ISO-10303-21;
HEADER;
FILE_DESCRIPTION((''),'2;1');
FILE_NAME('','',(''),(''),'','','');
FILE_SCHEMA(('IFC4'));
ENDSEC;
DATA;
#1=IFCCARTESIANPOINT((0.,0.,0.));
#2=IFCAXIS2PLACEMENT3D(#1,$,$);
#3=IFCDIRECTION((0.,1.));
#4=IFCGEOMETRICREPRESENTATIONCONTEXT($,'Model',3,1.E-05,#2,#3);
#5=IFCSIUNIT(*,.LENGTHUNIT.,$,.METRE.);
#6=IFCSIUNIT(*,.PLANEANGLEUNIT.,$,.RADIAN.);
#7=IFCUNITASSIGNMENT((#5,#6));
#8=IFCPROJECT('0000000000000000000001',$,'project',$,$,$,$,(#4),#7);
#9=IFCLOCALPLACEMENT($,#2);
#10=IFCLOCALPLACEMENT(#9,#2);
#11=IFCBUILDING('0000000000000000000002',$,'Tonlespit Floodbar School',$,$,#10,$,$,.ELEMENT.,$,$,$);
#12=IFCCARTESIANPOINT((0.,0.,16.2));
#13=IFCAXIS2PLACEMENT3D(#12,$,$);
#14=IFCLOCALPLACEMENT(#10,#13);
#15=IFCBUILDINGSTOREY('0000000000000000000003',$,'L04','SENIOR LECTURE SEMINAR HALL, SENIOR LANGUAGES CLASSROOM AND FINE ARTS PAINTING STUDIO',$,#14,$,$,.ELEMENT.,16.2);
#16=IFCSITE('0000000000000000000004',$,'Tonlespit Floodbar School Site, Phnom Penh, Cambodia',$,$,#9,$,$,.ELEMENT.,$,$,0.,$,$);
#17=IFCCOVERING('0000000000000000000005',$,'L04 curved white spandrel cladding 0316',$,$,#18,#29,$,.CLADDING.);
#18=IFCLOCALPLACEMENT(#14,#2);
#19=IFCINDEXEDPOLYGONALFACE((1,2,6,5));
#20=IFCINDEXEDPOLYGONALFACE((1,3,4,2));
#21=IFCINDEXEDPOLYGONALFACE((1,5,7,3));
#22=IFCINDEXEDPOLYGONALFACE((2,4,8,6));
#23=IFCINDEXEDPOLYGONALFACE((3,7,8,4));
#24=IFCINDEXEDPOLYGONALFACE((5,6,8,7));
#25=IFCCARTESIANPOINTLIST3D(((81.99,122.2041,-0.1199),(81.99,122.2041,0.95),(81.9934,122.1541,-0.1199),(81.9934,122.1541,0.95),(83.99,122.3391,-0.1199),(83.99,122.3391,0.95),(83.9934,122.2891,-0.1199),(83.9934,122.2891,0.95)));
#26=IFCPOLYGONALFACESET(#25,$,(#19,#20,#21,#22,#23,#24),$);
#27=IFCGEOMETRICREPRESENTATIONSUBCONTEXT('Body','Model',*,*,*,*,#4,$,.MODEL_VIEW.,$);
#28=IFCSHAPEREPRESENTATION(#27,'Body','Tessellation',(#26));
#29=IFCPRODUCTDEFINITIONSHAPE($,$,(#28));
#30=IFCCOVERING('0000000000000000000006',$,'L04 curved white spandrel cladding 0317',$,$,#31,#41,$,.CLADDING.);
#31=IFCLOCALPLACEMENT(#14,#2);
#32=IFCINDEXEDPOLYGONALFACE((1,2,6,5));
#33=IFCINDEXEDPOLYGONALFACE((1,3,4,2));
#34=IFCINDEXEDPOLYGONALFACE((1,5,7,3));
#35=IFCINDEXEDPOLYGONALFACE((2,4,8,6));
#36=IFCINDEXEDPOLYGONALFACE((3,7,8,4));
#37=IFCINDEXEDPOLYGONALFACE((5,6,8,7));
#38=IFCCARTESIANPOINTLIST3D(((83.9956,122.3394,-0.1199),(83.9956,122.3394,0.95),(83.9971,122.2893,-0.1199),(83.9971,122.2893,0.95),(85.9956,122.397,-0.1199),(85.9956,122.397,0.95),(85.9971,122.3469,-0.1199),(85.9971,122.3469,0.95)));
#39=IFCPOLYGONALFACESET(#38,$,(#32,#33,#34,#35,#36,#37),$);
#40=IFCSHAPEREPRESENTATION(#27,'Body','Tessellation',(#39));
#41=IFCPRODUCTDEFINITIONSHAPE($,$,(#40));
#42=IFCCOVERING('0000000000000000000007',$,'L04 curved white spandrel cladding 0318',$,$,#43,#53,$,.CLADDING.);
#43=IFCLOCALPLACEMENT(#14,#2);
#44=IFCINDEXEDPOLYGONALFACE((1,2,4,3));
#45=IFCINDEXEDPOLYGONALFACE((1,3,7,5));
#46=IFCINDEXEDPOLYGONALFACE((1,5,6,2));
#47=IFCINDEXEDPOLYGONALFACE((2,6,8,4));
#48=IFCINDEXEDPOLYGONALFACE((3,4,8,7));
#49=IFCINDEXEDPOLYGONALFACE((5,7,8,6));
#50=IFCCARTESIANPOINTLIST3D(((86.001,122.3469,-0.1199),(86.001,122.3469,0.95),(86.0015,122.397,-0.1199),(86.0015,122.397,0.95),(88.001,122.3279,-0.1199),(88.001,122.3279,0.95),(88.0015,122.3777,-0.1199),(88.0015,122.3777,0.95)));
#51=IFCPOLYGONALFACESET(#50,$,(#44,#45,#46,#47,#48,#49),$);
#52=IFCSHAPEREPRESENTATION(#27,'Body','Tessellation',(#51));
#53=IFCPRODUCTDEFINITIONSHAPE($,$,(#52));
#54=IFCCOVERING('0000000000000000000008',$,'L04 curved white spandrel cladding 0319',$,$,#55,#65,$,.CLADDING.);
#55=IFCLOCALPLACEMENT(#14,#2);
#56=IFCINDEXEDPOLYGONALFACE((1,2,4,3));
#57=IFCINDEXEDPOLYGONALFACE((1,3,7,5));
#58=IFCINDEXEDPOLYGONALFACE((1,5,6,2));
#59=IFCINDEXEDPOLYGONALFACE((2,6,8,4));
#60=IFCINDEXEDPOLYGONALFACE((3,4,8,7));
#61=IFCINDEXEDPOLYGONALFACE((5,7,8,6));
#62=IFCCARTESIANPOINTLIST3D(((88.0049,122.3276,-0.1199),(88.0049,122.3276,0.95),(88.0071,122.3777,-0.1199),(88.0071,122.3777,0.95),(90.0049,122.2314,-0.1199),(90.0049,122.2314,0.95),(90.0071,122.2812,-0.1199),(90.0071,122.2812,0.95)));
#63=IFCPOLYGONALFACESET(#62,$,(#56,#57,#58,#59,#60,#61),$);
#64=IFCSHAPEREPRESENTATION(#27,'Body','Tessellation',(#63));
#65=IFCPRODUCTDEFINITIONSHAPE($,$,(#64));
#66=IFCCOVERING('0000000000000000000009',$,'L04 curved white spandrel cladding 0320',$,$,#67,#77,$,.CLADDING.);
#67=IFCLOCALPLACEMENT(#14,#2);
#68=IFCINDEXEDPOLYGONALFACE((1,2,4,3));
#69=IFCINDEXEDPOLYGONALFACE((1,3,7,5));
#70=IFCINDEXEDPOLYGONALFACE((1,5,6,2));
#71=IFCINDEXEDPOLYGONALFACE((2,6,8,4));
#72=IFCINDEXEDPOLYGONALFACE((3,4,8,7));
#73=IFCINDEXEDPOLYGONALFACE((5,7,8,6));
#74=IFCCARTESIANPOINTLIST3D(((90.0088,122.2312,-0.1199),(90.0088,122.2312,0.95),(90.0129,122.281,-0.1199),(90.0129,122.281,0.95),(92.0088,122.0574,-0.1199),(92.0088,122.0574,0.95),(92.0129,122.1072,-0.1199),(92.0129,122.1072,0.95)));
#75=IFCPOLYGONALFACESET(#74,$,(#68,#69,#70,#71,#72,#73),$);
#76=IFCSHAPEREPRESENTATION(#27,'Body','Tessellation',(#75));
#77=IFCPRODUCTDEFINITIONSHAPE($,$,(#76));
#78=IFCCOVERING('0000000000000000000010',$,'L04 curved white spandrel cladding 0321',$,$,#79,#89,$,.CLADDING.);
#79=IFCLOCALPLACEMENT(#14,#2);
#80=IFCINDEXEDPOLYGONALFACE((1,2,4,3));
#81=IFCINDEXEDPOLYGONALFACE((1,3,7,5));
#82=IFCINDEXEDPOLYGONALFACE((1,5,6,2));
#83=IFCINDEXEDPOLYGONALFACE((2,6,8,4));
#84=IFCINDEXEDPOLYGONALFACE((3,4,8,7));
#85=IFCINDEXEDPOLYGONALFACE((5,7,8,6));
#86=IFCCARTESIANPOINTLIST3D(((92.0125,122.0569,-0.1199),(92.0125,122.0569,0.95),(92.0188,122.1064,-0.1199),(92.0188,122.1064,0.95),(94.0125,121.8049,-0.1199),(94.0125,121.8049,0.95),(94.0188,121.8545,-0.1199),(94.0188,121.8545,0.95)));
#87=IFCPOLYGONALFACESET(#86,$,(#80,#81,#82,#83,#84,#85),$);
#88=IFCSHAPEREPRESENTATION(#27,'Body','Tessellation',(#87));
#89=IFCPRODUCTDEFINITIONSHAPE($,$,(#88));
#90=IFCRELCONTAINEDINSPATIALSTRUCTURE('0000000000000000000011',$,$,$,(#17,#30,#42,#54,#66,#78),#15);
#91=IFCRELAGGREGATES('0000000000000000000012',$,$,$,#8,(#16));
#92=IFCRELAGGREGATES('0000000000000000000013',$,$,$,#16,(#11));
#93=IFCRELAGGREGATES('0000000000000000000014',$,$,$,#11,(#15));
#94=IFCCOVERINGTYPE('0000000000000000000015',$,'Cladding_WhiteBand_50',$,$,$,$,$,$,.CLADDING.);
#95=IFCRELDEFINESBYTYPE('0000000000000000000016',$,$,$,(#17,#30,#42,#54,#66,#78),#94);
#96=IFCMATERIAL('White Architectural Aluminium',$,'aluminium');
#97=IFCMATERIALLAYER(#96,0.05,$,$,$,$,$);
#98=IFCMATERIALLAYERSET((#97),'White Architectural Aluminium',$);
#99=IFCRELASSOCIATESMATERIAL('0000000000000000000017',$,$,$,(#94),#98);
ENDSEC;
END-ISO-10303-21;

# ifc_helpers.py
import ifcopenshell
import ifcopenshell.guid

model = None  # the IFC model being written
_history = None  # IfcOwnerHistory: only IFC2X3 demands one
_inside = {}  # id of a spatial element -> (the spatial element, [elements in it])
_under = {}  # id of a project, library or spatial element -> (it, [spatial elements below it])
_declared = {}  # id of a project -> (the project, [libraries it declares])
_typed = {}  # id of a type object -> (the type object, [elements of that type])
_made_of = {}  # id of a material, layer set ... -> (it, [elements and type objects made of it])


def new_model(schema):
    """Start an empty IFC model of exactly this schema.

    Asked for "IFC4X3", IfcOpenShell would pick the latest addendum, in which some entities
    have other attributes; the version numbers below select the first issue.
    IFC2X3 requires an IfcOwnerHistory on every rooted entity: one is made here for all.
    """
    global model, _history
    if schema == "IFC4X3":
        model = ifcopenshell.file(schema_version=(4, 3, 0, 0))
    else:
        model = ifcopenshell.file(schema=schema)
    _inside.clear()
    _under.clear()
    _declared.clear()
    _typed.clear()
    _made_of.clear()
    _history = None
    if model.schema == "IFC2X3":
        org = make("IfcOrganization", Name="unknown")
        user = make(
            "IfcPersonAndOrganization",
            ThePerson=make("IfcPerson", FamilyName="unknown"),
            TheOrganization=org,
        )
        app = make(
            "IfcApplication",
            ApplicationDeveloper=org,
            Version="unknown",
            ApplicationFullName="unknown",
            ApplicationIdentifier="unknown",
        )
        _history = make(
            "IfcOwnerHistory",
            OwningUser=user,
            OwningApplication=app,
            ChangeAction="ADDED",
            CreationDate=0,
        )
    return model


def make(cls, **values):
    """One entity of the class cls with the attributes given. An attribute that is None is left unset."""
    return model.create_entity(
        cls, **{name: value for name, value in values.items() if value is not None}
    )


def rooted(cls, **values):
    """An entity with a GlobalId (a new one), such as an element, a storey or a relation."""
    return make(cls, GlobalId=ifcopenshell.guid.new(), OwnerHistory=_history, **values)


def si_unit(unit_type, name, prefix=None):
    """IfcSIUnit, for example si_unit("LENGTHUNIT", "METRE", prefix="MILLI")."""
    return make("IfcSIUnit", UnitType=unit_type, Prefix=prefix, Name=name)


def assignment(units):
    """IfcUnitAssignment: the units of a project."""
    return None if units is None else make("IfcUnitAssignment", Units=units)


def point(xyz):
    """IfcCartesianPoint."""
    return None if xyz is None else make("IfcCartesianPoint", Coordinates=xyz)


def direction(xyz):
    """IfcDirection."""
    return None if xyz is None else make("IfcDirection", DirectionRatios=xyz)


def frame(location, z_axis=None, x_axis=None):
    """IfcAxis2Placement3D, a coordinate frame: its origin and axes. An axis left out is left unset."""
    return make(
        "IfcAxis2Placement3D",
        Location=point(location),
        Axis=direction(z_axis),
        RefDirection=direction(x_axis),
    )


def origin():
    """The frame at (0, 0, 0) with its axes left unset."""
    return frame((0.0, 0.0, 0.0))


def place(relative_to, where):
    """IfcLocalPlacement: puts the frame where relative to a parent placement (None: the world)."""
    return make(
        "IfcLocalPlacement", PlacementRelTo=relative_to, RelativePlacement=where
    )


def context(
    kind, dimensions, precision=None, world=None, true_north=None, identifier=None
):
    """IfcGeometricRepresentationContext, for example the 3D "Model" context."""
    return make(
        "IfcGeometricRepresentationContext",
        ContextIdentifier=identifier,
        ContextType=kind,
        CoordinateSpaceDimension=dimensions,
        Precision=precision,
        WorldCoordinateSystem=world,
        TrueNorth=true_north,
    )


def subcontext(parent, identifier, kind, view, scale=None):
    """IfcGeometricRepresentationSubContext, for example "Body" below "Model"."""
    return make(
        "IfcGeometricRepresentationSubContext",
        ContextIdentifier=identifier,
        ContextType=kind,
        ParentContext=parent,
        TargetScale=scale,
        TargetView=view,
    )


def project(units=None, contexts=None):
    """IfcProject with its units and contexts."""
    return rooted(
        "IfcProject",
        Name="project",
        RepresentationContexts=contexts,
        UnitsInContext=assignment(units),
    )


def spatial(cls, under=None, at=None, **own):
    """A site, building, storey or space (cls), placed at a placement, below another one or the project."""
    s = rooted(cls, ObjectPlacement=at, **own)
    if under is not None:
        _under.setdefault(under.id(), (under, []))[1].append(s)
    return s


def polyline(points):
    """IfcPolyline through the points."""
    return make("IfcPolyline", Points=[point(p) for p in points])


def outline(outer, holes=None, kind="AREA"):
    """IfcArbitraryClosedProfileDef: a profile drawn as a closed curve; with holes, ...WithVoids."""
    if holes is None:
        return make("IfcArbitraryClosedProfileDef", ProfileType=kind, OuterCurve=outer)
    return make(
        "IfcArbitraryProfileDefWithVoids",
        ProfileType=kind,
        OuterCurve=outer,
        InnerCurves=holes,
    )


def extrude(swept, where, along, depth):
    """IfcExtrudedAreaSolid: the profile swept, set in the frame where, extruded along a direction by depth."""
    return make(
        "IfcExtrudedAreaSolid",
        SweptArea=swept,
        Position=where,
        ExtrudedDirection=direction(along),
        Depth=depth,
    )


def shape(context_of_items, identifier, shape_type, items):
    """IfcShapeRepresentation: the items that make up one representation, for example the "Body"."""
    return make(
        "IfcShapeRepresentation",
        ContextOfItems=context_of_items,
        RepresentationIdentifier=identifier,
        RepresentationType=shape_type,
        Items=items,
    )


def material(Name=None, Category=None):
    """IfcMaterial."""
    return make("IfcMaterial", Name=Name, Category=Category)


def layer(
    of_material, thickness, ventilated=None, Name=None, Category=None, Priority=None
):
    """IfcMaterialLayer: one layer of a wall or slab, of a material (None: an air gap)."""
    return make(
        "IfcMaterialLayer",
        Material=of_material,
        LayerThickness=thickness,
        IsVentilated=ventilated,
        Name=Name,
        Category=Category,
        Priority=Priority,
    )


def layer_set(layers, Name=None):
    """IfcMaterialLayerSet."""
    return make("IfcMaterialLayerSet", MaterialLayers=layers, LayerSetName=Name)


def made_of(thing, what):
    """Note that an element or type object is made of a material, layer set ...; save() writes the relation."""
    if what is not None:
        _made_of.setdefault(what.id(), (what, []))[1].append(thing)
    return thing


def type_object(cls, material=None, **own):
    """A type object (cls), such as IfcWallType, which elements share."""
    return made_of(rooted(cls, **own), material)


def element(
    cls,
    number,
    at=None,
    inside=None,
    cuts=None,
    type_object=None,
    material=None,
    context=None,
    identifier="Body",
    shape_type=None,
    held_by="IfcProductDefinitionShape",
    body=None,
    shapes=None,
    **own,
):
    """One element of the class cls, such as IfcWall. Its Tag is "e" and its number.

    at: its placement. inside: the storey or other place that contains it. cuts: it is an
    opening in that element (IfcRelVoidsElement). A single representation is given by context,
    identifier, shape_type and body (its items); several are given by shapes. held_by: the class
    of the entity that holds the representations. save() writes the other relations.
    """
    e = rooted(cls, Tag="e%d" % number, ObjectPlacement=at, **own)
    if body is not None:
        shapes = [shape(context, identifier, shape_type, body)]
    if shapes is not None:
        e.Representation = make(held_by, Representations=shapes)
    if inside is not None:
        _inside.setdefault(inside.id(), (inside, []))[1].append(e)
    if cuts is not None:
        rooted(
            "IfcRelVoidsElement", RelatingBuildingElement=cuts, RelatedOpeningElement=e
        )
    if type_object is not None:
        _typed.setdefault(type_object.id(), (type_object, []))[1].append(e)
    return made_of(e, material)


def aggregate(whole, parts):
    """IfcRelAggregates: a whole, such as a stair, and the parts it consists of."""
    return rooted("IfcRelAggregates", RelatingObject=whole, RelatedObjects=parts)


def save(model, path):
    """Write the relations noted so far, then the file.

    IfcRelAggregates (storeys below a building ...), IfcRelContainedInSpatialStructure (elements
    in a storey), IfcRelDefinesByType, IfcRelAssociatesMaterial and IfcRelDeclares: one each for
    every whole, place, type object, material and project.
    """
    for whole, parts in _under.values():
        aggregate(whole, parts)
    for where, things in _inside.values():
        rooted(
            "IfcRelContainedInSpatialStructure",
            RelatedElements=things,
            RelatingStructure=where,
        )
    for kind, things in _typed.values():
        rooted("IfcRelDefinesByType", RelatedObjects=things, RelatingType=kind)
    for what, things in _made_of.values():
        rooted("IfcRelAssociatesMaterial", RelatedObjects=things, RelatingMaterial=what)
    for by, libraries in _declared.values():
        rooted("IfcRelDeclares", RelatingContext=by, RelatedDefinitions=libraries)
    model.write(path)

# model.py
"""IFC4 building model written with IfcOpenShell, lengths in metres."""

from ifc_helpers import new_model, si_unit, direction, frame, origin, place, context, subcontext, project, spatial, polyline, outline, extrude, material, layer, layer_set, type_object, element, save


model = new_model("IFC4")

# Units and contexts
model_context = context("Model", 3, precision=1e-05, world=origin(), true_north=direction((0.0, 1.0)))
body_context = subcontext(model_context, "Body", "Model", "MODEL_VIEW")
ifc_project = project(units=[si_unit("LENGTHUNIT", "METRE"), si_unit("PLANEANGLEUNIT", "RADIAN")], contexts=[model_context])

# Site, building, storey
site_placement = place(None, origin())
site = spatial("IfcSite", under=ifc_project, at=site_placement, Name="Tonlespit Floodbar School Site, Phnom Penh, Cambodia", CompositionType="ELEMENT", RefElevation=0.0)
building_placement = place(site_placement, origin())
building = spatial("IfcBuilding", under=site, at=building_placement, Name="Tonlespit Floodbar School", CompositionType="ELEMENT")
storey_placement = place(building_placement, frame((0.0, 0.0, 16.2)))
storey = spatial("IfcBuildingStorey", under=building, at=storey_placement, Name="L04", Description="SENIOR LECTURE SEMINAR HALL, SENIOR LANGUAGES CLASSROOM AND FINE ARTS PAINTING STUDIO", CompositionType="ELEMENT", Elevation=16.2)

# Coverings
ifc_material = material(Name="White Architectural Aluminium", Category="aluminium")
ifc_layer = layer(ifc_material, 0.05)
ifc_layer_set = layer_set([ifc_layer], Name="White Architectural Aluminium")
covering_type = type_object("IfcCoveringType", Name="Cladding_WhiteBand_50", PredefinedType="CLADDING", material=ifc_layer_set)
covering_1_placement = place(storey_placement, frame((0.0, 0.0, -0.1199)))
element("IfcCovering", 1, at=covering_1_placement, inside=storey, type_object=covering_type, Name="L04 curved white spandrel cladding 0316", PredefinedType="CLADDING", context=body_context, shape_type="SweptSolid", body=[
    extrude(outline(polyline([(81.9934, 122.1541), (83.9934, 122.2891), (83.99, 122.3391), (81.99, 122.2041), (81.9934, 122.1541)])), origin(), (0.0, 0.0, 1.0), 1.0698),
])
covering_2_placement = place(storey_placement, frame((0.0, 0.0, -0.1199)))
element("IfcCovering", 2, at=covering_2_placement, inside=storey, type_object=covering_type, Name="L04 curved white spandrel cladding 0317", PredefinedType="CLADDING", context=body_context, shape_type="SweptSolid", body=[
    extrude(outline(polyline([(83.9971, 122.2893), (85.9971, 122.3469), (85.9956, 122.397), (83.9956, 122.3394), (83.9971, 122.2893)])), origin(), (0.0, 0.0, 1.0), 1.0698),
])
covering_3_placement = place(storey_placement, frame((0.0, 0.0, -0.1199)))
element("IfcCovering", 3, at=covering_3_placement, inside=storey, type_object=covering_type, Name="L04 curved white spandrel cladding 0318", PredefinedType="CLADDING", context=body_context, shape_type="SweptSolid", body=[
    extrude(outline(polyline([(86.001, 122.3469), (88.001, 122.3279), (88.0015, 122.3777), (86.0015, 122.397), (86.001, 122.3469)])), origin(), (0.0, 0.0, 1.0), 1.0698),
])
covering_4_placement = place(storey_placement, frame((0.0, 0.0, -0.1199)))
element("IfcCovering", 4, at=covering_4_placement, inside=storey, type_object=covering_type, Name="L04 curved white spandrel cladding 0319", PredefinedType="CLADDING", context=body_context, shape_type="SweptSolid", body=[
    extrude(outline(polyline([(88.0049, 122.3276), (90.0049, 122.2314), (90.0071, 122.2812), (88.0071, 122.3777), (88.0049, 122.3276)])), origin(), (0.0, 0.0, 1.0), 1.0698),
])
covering_5_placement = place(storey_placement, frame((0.0, 0.0, -0.1199)))
element("IfcCovering", 5, at=covering_5_placement, inside=storey, type_object=covering_type, Name="L04 curved white spandrel cladding 0320", PredefinedType="CLADDING", context=body_context, shape_type="SweptSolid", body=[
    extrude(outline(polyline([(90.0088, 122.2312), (92.0088, 122.0574), (92.0129, 122.1072), (90.0129, 122.281), (90.0088, 122.2312)])), origin(), (0.0, 0.0, 1.0), 1.0698),
])
covering_6_placement = place(storey_placement, frame((0.0, 0.0, -0.1199)))
element("IfcCovering", 6, at=covering_6_placement, inside=storey, type_object=covering_type, Name="L04 curved white spandrel cladding 0321", PredefinedType="CLADDING", context=body_context, shape_type="SweptSolid", body=[
    extrude(outline(polyline([(92.0125, 122.0569), (94.0125, 121.8049), (94.0188, 121.8545), (92.0188, 122.1064), (92.0125, 122.0569)])), origin(), (0.0, 0.0, 1.0), 1.0698),
])

save(model, "model.ifc")
